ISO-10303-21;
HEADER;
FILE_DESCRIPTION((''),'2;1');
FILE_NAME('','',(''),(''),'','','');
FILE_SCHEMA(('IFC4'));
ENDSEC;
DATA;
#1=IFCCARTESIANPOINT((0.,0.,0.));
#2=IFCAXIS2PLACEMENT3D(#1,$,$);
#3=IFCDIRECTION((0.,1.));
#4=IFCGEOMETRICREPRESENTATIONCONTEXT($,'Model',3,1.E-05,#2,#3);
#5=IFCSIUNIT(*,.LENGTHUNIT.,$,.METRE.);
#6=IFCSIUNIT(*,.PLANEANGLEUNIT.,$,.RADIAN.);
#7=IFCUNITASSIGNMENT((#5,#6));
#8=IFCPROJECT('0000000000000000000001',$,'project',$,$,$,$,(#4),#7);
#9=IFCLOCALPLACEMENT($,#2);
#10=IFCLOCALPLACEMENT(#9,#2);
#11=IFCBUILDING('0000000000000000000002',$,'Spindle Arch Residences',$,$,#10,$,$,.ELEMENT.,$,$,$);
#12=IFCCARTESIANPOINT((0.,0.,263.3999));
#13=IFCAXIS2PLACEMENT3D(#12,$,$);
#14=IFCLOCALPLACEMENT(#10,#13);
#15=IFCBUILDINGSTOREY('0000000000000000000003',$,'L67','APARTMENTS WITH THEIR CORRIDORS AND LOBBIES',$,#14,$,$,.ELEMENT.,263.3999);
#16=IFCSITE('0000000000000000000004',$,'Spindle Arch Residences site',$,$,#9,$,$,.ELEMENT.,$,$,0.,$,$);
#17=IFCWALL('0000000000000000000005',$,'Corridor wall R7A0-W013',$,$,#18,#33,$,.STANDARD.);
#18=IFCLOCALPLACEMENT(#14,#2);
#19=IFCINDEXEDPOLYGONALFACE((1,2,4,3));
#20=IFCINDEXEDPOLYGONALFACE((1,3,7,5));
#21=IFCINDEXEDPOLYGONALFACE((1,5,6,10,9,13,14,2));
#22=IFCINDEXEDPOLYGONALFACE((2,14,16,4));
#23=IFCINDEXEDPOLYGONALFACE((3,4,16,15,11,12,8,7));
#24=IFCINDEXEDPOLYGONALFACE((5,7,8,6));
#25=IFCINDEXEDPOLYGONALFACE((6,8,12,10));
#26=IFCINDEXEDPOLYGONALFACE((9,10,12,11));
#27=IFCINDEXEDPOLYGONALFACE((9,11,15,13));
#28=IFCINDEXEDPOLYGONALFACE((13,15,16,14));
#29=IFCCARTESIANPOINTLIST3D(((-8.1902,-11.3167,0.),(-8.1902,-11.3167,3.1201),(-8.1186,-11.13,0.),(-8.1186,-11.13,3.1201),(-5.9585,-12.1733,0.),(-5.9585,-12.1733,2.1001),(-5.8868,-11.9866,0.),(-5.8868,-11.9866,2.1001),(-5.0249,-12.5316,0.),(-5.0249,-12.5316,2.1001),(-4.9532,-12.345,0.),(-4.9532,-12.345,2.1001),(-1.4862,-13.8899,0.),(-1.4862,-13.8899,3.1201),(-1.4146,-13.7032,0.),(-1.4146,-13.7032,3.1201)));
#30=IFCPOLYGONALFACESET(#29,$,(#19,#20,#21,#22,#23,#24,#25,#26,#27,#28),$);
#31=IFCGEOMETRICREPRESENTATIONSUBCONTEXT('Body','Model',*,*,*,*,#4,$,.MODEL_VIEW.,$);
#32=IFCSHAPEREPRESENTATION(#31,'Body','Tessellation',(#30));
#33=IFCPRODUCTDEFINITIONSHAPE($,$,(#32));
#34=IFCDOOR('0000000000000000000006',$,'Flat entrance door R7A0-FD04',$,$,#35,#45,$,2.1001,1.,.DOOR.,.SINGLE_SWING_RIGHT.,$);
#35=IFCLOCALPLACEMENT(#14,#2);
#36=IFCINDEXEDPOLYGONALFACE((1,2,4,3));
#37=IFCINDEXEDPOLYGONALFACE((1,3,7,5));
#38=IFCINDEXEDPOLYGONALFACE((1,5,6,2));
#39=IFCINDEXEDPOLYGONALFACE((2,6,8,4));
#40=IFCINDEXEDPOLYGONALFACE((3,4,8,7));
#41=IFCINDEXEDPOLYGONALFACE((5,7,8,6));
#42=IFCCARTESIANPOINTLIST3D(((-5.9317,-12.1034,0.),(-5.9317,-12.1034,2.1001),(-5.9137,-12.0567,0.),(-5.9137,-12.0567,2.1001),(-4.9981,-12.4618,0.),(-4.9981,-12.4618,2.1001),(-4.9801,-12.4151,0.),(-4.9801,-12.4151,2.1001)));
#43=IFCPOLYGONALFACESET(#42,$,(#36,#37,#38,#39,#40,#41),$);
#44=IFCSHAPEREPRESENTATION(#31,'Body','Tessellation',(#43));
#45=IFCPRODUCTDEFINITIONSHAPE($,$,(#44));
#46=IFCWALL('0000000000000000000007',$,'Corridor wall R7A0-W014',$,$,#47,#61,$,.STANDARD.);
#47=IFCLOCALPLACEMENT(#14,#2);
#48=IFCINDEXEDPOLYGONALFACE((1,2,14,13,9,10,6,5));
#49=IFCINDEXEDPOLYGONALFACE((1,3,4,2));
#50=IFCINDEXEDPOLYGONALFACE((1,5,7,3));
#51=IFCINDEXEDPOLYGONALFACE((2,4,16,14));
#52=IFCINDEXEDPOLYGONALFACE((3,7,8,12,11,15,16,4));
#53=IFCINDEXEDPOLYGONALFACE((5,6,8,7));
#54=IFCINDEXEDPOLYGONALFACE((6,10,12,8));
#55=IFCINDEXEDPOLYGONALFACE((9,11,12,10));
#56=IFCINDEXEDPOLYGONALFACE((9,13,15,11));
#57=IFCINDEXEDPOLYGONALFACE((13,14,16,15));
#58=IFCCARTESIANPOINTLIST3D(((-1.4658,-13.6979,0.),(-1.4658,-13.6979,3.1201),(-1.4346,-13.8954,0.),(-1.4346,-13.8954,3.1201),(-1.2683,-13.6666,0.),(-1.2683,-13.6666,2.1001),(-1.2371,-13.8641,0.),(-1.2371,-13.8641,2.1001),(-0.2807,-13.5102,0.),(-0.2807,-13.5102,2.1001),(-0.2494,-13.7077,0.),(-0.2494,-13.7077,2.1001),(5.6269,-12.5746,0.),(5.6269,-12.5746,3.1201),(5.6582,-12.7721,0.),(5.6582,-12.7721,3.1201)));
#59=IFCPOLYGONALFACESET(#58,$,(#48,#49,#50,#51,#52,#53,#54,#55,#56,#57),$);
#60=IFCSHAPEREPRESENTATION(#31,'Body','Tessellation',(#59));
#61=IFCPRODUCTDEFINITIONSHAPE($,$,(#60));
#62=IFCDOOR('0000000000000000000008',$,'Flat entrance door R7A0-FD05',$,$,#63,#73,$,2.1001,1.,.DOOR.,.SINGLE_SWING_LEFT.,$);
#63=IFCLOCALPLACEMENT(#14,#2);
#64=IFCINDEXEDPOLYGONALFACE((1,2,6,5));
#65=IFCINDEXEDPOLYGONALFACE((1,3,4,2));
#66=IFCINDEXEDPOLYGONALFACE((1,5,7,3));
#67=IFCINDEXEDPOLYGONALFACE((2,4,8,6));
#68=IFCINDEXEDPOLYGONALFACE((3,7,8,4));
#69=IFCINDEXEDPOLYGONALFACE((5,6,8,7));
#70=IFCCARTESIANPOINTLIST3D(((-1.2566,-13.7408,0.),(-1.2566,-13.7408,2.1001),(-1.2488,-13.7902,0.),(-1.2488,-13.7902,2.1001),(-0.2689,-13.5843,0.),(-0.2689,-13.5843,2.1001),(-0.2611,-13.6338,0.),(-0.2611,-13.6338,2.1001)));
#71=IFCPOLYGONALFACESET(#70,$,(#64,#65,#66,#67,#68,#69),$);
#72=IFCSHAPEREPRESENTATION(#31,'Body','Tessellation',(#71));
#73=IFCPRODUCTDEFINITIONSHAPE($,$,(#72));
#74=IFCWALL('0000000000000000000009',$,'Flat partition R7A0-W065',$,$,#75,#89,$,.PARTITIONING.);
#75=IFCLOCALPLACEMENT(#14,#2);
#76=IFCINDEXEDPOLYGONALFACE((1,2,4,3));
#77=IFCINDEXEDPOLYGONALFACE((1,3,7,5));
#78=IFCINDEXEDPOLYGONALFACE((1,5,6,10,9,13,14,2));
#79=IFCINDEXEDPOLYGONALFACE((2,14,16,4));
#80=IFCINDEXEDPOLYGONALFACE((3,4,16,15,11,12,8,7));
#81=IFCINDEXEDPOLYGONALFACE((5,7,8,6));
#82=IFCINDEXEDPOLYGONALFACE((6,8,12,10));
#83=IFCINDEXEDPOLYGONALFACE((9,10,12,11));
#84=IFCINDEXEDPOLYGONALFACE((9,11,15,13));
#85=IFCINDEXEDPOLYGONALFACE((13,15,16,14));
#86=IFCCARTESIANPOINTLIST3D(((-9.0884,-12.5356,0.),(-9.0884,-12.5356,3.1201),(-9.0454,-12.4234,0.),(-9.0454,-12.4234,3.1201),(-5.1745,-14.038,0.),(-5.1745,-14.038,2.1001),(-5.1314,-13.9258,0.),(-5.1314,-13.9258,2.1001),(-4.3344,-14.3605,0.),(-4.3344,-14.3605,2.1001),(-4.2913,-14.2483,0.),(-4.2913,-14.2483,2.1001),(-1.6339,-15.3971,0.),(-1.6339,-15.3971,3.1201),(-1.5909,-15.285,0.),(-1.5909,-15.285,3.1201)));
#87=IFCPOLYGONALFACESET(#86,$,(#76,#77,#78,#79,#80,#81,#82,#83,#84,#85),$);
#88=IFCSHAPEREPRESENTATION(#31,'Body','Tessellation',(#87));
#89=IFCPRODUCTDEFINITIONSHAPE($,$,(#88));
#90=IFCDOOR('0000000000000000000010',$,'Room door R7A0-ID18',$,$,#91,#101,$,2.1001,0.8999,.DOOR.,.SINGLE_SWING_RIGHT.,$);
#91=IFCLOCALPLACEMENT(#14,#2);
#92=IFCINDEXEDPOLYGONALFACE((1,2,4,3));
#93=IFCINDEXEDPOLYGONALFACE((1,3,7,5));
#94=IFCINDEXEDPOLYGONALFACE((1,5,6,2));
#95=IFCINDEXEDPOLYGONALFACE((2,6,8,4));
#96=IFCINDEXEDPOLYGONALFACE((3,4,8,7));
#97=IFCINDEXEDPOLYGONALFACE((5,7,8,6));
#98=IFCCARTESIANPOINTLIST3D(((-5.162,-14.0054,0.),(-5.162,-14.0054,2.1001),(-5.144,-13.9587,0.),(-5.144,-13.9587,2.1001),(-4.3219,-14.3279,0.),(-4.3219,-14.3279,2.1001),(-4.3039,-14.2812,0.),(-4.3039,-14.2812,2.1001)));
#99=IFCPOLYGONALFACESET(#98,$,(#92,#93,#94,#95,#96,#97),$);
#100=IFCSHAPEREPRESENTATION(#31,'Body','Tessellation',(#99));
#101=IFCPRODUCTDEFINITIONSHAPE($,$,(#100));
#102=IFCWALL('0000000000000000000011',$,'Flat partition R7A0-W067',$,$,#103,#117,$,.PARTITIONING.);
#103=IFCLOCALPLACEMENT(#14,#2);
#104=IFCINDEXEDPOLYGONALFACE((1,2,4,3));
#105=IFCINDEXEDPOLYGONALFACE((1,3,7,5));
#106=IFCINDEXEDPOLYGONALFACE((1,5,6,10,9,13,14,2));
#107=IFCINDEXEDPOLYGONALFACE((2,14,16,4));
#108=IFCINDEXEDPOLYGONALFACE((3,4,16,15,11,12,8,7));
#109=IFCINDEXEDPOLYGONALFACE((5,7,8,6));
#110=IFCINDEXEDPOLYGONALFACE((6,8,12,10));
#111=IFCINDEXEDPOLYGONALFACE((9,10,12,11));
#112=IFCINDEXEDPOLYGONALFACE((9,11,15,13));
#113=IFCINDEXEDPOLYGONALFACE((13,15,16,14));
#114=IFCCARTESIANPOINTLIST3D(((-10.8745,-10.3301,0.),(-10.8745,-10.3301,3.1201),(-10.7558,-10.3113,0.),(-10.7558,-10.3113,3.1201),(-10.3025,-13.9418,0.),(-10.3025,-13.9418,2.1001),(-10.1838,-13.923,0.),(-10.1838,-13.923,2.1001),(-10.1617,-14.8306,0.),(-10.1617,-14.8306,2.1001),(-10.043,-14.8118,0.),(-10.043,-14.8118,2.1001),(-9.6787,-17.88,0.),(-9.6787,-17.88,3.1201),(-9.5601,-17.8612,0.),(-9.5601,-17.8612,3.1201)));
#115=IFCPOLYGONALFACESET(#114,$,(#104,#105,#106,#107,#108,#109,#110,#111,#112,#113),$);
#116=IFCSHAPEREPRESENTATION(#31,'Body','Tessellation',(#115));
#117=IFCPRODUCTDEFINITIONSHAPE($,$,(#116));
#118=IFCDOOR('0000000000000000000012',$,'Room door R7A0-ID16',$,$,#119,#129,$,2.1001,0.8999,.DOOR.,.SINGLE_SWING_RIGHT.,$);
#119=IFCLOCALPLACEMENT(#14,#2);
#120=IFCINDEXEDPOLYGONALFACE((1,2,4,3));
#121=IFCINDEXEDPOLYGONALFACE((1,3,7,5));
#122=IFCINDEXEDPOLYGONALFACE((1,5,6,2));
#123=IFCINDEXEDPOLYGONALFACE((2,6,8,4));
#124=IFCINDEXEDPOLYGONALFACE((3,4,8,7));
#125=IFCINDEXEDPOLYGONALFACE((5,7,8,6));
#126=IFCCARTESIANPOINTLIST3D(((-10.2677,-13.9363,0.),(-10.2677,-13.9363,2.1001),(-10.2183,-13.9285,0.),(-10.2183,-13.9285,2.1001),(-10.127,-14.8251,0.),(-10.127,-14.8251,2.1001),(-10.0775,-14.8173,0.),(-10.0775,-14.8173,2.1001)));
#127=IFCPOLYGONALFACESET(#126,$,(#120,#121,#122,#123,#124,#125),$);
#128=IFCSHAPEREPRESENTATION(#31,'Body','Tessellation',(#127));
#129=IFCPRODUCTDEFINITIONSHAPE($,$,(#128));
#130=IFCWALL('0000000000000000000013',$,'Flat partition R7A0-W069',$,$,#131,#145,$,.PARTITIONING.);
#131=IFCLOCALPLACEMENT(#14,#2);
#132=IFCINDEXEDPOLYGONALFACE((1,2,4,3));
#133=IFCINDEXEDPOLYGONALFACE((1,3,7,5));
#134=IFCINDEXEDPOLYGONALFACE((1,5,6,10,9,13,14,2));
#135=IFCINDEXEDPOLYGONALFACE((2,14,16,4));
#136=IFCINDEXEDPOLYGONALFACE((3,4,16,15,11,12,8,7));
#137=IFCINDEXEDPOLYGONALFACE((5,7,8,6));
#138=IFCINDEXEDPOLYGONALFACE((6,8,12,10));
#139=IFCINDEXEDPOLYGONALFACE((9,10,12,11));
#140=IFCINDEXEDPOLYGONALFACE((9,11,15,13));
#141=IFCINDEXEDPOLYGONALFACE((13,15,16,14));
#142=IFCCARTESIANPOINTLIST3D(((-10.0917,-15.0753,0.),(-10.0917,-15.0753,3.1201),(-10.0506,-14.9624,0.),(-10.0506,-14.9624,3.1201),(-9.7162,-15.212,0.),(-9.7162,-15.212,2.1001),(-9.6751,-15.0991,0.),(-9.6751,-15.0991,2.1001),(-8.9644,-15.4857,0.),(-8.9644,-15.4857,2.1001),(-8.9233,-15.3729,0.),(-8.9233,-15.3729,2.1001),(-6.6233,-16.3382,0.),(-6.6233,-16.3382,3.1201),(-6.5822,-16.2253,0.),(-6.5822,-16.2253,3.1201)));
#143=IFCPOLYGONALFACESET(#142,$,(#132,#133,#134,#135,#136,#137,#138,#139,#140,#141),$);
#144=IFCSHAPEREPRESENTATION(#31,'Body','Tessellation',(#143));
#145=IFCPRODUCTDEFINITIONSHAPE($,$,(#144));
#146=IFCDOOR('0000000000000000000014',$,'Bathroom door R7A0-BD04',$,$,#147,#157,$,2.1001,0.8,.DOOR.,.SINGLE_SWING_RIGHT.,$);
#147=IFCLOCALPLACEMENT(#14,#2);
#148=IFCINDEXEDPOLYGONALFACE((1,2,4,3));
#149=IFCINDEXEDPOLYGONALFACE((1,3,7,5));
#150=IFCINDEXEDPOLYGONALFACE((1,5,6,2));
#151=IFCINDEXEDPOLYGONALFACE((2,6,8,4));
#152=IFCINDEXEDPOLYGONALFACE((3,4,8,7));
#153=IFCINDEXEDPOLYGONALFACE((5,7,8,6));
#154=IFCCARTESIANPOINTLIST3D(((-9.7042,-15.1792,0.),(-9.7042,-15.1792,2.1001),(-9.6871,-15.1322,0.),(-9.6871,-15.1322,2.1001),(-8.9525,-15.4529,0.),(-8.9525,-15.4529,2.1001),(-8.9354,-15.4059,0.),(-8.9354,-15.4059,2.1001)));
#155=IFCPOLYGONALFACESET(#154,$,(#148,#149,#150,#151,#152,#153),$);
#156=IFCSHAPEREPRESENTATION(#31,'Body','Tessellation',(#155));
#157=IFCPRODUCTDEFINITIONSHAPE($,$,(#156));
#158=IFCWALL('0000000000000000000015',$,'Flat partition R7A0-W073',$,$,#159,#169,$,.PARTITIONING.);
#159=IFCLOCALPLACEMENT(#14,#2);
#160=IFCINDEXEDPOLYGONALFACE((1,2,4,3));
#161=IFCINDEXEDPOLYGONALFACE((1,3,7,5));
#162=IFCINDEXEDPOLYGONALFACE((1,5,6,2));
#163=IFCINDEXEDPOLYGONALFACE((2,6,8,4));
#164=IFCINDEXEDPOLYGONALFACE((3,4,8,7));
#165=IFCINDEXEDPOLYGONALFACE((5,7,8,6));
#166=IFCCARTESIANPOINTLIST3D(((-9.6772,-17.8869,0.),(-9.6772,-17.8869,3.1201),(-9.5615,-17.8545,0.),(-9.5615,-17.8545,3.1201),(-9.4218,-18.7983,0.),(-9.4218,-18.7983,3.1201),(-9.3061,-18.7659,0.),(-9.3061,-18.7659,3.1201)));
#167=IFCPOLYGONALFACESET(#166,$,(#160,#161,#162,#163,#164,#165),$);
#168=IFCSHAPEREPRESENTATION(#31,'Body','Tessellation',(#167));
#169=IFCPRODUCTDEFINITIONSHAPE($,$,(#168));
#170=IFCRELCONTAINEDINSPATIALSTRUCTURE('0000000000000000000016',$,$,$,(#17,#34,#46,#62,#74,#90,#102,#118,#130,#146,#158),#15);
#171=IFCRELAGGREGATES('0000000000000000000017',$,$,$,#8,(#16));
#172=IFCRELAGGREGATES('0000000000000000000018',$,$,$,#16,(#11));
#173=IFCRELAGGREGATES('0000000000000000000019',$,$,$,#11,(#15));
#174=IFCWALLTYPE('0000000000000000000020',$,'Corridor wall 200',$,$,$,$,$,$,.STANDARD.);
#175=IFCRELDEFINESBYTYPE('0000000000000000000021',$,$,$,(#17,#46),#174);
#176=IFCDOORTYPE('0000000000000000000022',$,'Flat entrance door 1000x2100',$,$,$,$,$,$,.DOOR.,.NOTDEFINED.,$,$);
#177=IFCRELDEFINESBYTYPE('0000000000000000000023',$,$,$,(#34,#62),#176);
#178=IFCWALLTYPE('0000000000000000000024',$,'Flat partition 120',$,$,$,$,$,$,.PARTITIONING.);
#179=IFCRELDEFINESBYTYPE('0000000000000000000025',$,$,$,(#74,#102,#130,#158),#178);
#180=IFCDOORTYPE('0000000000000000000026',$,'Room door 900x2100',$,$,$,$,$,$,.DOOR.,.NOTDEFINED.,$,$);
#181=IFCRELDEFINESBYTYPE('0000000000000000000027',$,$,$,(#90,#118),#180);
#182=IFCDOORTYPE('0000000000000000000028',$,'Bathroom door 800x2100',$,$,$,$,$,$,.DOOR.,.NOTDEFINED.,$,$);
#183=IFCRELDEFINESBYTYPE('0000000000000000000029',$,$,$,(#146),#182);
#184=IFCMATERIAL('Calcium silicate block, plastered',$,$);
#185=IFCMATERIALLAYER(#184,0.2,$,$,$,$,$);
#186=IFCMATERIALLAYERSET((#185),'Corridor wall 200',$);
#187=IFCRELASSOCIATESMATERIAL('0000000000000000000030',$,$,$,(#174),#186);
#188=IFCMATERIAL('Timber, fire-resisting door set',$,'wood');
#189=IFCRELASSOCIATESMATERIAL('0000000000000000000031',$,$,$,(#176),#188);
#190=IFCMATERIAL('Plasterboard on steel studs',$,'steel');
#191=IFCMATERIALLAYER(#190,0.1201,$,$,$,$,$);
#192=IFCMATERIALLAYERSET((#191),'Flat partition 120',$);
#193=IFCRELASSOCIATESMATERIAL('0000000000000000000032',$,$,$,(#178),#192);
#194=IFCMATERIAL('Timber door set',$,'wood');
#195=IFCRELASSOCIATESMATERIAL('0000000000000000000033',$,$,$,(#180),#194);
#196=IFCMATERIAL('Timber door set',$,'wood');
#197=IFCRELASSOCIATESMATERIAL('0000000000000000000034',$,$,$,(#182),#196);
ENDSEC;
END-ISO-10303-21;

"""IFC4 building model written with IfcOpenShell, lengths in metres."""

from ifc_helpers import new_model, si_unit, direction, frame, frame_2d, origin, place, context, subcontext, project, spatial, rectangle, extrude, material, layer, layer_set, type_object, element, fill, save


model = new_model("IFC4")

# Units and contexts
model_context = context("Model", 3, precision=1e-05, world=origin(), true_north=direction((0.0, 1.0)))
body_context = subcontext(model_context, "Body", "Model", "MODEL_VIEW")
ifc_project = project(units=[si_unit("LENGTHUNIT", "METRE"), si_unit("PLANEANGLEUNIT", "RADIAN")], contexts=[model_context])

# Site, building, storey
site_placement = place(None, origin())
site = spatial("IfcSite", under=ifc_project, at=site_placement, Name="Spindle Arch Residences site", CompositionType="ELEMENT", RefElevation=0.0)
building_placement = place(site_placement, origin())
building = spatial("IfcBuilding", under=site, at=building_placement, Name="Spindle Arch Residences", CompositionType="ELEMENT")
storey_placement = place(building_placement, frame((0.0, 0.0, 263.3999)))
storey = spatial("IfcBuildingStorey", under=building, at=storey_placement, Name="L67", Description="APARTMENTS WITH THEIR CORRIDORS AND LOBBIES", CompositionType="ELEMENT", Elevation=263.3999)

# Walls, openings, doors
ifc_material_1 = material(Name="Calcium silicate block, plastered")
ifc_layer_1 = layer(ifc_material_1, 0.2)
ifc_layer_set_1 = layer_set([ifc_layer_1], Name="Corridor wall 200")
wall_type_1 = type_object("IfcWallType", Name="Corridor wall 200", PredefinedType="STANDARD", material=ifc_layer_set_1)
wall_1_placement = place(storey_placement, frame((-8.1543, -11.2234, 0.0), z_axis=(0.0, 0.0, 1.0), x_axis=(0.933591, -0.358341, 0.0)))
wall_1 = element("IfcWall", 1, at=wall_1_placement, inside=storey, type_object=wall_type_1, Name="Corridor wall R7A0-W013", PredefinedType="STANDARD", context=body_context, shape_type="SweptSolid", body=[
    extrude(rectangle(XDim=7.1809, YDim=0.2, at=frame_2d((3.5903, 0.0))), origin(), (0.0, 0.0, 1.0), 3.1201),
])
opening_1_placement = place(wall_1_placement, frame((2.3904, 0.0, 0.0)))
opening_1 = element("IfcOpeningElement", 2, at=opening_1_placement, cuts=wall_1, PredefinedType="OPENING", context=body_context, shape_type="SweptSolid", body=[
    extrude(rectangle(XDim=1.0, YDim=2.1001, at=frame_2d((0.5, 1.05))), frame((0.0, 0.1099, 0.0), z_axis=(0.0, -1.0, 0.0), x_axis=(1.0, 0.0, 0.0)), (0.0, 0.0, 1.0), 0.22),
])
ifc_material_2 = material(Name="Timber, fire-resisting door set", Category="wood")
door_type_1 = type_object("IfcDoorType", Name="Flat entrance door 1000x2100", OperationType="NOTDEFINED", PredefinedType="DOOR", material=ifc_material_2)
door_1_placement = place(opening_1_placement, origin())
door_1 = element("IfcDoor", 3, at=door_1_placement, inside=storey, type_object=door_type_1, Name="Flat entrance door R7A0-FD04", OperationType="SINGLE_SWING_RIGHT", OverallHeight=2.1001, OverallWidth=1.0, PredefinedType="DOOR", context=body_context, shape_type="SweptSolid", body=[
    extrude(rectangle(XDim=1.0, YDim=2.1001, at=frame_2d((0.5, 1.05))), frame((0.0, 0.0249, 0.0), z_axis=(0.0, -1.0, 0.0), x_axis=(1.0, 0.0, 0.0)), (0.0, 0.0, 1.0), 0.05),
])
fill(opening_1, door_1)
wall_2_placement = place(storey_placement, frame((-1.4502, -13.7966, 0.0), z_axis=(0.0, 0.0, 1.0), x_axis=(0.98769, 0.156422, 0.0)))
wall_2 = element("IfcWall", 4, at=wall_2_placement, inside=storey, type_object=wall_type_1, Name="Corridor wall R7A0-W014", PredefinedType="STANDARD", context=body_context, shape_type="SweptSolid", body=[
    extrude(rectangle(XDim=7.1812, YDim=0.2, at=frame_2d((3.5906, 0.0))), origin(), (0.0, 0.0, 1.0), 3.1201),
])
opening_2_placement = place(wall_2_placement, frame((0.2, 0.0, 0.0)))
opening_2 = element("IfcOpeningElement", 5, at=opening_2_placement, cuts=wall_2, PredefinedType="OPENING", context=body_context, shape_type="SweptSolid", body=[
    extrude(rectangle(XDim=1.0, YDim=2.1001, at=frame_2d((0.5, 1.05))), frame((0.0, 0.1099, 0.0), z_axis=(0.0, -1.0, 0.0), x_axis=(1.0, 0.0, 0.0)), (0.0, 0.0, 1.0), 0.22),
])
door_2_placement = place(opening_2_placement, origin())
door_2 = element("IfcDoor", 6, at=door_2_placement, inside=storey, type_object=door_type_1, Name="Flat entrance door R7A0-FD05", OperationType="SINGLE_SWING_LEFT", OverallHeight=2.1001, OverallWidth=1.0, PredefinedType="DOOR", context=body_context, shape_type="SweptSolid", body=[
    extrude(rectangle(XDim=1.0, YDim=2.1001, at=frame_2d((0.5, 1.05))), frame((0.0, 0.0249, 0.0), z_axis=(0.0, -1.0, 0.0), x_axis=(1.0, 0.0, 0.0)), (0.0, 0.0, 1.0), 0.05),
])
fill(opening_2, door_2)
ifc_material_3 = material(Name="Plasterboard on steel studs", Category="steel")
ifc_layer_2 = layer(ifc_material_3, 0.1201)
ifc_layer_set_2 = layer_set([ifc_layer_2], Name="Flat partition 120")
wall_type_2 = type_object("IfcWallType", Name="Flat partition 120", PredefinedType="PARTITIONING", material=ifc_layer_set_2)
wall_3_placement = place(storey_placement, frame((-9.0669, -12.4795, 0.0), z_axis=(0.0, 0.0, 1.0), x_axis=(0.933579, -0.35837, 0.0)))
wall_3 = element("IfcWall", 7, at=wall_3_placement, inside=storey, type_object=wall_type_2, Name="Flat partition R7A0-W065", PredefinedType="PARTITIONING", context=body_context, shape_type="SweptSolid", body=[
    extrude(rectangle(XDim=7.9849, YDim=0.1201, at=frame_2d((3.9924, 0.0))), origin(), (0.0, 0.0, 1.0), 3.1201),
])
opening_3_placement = place(wall_3_placement, frame((4.1924, 0.0, 0.0)))
opening_3 = element("IfcOpeningElement", 8, at=opening_3_placement, cuts=wall_3, PredefinedType="OPENING", context=body_context, shape_type="SweptSolid", body=[
    extrude(rectangle(XDim=0.8999, YDim=2.1001, at=frame_2d((0.45, 1.05))), frame((0.0, 0.0701, 0.0), z_axis=(0.0, -1.0, 0.0), x_axis=(1.0, 0.0, 0.0)), (0.0, 0.0, 1.0), 0.1401),
])
ifc_material_4 = material(Name="Timber door set", Category="wood")
door_type_2 = type_object("IfcDoorType", Name="Room door 900x2100", OperationType="NOTDEFINED", PredefinedType="DOOR", material=ifc_material_4)
door_3_placement = place(opening_3_placement, origin())
door_3 = element("IfcDoor", 9, at=door_3_placement, inside=storey, type_object=door_type_2, Name="Room door R7A0-ID18", OperationType="SINGLE_SWING_RIGHT", OverallHeight=2.1001, OverallWidth=0.8999, PredefinedType="DOOR", context=body_context, shape_type="SweptSolid", body=[
    extrude(rectangle(XDim=0.8999, YDim=2.1001, at=frame_2d((0.45, 1.05))), frame((0.0, 0.0249, 0.0), z_axis=(0.0, -1.0, 0.0), x_axis=(1.0, 0.0, 0.0)), (0.0, 0.0, 1.0), 0.05),
])
fill(opening_3, door_3)
wall_4_placement = place(storey_placement, frame((-9.6194, -17.8706, 0.0), z_axis=(0.0, 0.0, 1.0), x_axis=(-0.156433, 0.987689, 0.0)))
wall_4 = element("IfcWall", 10, at=wall_4_placement, inside=storey, type_object=wall_type_2, Name="Flat partition R7A0-W067", PredefinedType="PARTITIONING", context=body_context, shape_type="SweptSolid", body=[
    extrude(rectangle(XDim=7.644, YDim=0.1201, at=frame_2d((3.822, 0.0))), origin(), (0.0, 0.0, 1.0), 3.1201),
])
opening_4_placement = place(wall_4_placement, frame((3.0874, 0.0, 0.0)))
opening_4 = element("IfcOpeningElement", 11, at=opening_4_placement, cuts=wall_4, PredefinedType="OPENING", context=body_context, shape_type="SweptSolid", body=[
    extrude(rectangle(XDim=0.8999, YDim=2.1001, at=frame_2d((0.45, 1.05))), frame((0.0, 0.0701, 0.0), z_axis=(0.0, -1.0, 0.0), x_axis=(1.0, 0.0, 0.0)), (0.0, 0.0, 1.0), 0.1401),
])
door_4_placement = place(opening_4_placement, origin())
door_4 = element("IfcDoor", 12, at=door_4_placement, inside=storey, type_object=door_type_2, Name="Room door R7A0-ID16", OperationType="SINGLE_SWING_RIGHT", OverallHeight=2.1001, OverallWidth=0.8999, PredefinedType="DOOR", context=body_context, shape_type="SweptSolid", body=[
    extrude(rectangle(XDim=0.8999, YDim=2.1001, at=frame_2d((0.45, 1.05))), frame((0.0, 0.0249, 0.0), z_axis=(0.0, -1.0, 0.0), x_axis=(1.0, 0.0, 0.0)), (0.0, 0.0, 1.0), 0.05),
])
fill(opening_4, door_4)
wall_5_placement = place(storey_placement, frame((-10.0713, -15.0188, 0.0), z_axis=(0.0, 0.0, 1.0), x_axis=(0.939649, -0.342141, 0.0)))
wall_5 = element("IfcWall", 13, at=wall_5_placement, inside=storey, type_object=wall_type_2, Name="Flat partition R7A0-W069", PredefinedType="PARTITIONING", context=body_context, shape_type="SweptSolid", body=[
    extrude(rectangle(XDim=3.6912, YDim=0.1201, at=frame_2d((1.8457, 0.0))), origin(), (0.0, 0.0, 1.0), 3.1201),
])
opening_5_placement = place(wall_5_placement, frame((0.3999, 0.0, 0.0)))
opening_5 = element("IfcOpeningElement", 14, at=opening_5_placement, cuts=wall_5, PredefinedType="OPENING", context=body_context, shape_type="SweptSolid", body=[
    extrude(rectangle(XDim=0.8, YDim=2.1001, at=frame_2d((0.3999, 1.05))), frame((0.0, 0.0701, 0.0), z_axis=(0.0, -1.0, 0.0), x_axis=(1.0, 0.0, 0.0)), (0.0, 0.0, 1.0), 0.1401),
])
ifc_material_5 = material(Name="Timber door set", Category="wood")
door_type_3 = type_object("IfcDoorType", Name="Bathroom door 800x2100", OperationType="NOTDEFINED", PredefinedType="DOOR", material=ifc_material_5)
door_5_placement = place(opening_5_placement, origin())
door_5 = element("IfcDoor", 15, at=door_5_placement, inside=storey, type_object=door_type_3, Name="Bathroom door R7A0-BD04", OperationType="SINGLE_SWING_RIGHT", OverallHeight=2.1001, OverallWidth=0.8, PredefinedType="DOOR", context=body_context, shape_type="SweptSolid", body=[
    extrude(rectangle(XDim=0.8, YDim=2.1001, at=frame_2d((0.3999, 1.05))), frame((0.0, 0.0249, 0.0), z_axis=(0.0, -1.0, 0.0), x_axis=(1.0, 0.0, 0.0)), (0.0, 0.0, 1.0), 0.05),
])
fill(opening_5, door_5)

# Wall
wall_6_placement = place(storey_placement, frame((-9.364, -18.782, 0.0), z_axis=(0.0, 0.0, 1.0), x_axis=(-0.269812, 0.962913, 0.0)))
element("IfcWall", 16, at=wall_6_placement, inside=storey, type_object=wall_type_2, Name="Flat partition R7A0-W073", PredefinedType="PARTITIONING", context=body_context, shape_type="SweptSolid", body=[
    extrude(rectangle(XDim=0.9465, YDim=0.1201, at=frame_2d((0.4731, 0.0))), origin(), (0.0, 0.0, 1.0), 3.1201),
])

save(model, "model.ifc")
